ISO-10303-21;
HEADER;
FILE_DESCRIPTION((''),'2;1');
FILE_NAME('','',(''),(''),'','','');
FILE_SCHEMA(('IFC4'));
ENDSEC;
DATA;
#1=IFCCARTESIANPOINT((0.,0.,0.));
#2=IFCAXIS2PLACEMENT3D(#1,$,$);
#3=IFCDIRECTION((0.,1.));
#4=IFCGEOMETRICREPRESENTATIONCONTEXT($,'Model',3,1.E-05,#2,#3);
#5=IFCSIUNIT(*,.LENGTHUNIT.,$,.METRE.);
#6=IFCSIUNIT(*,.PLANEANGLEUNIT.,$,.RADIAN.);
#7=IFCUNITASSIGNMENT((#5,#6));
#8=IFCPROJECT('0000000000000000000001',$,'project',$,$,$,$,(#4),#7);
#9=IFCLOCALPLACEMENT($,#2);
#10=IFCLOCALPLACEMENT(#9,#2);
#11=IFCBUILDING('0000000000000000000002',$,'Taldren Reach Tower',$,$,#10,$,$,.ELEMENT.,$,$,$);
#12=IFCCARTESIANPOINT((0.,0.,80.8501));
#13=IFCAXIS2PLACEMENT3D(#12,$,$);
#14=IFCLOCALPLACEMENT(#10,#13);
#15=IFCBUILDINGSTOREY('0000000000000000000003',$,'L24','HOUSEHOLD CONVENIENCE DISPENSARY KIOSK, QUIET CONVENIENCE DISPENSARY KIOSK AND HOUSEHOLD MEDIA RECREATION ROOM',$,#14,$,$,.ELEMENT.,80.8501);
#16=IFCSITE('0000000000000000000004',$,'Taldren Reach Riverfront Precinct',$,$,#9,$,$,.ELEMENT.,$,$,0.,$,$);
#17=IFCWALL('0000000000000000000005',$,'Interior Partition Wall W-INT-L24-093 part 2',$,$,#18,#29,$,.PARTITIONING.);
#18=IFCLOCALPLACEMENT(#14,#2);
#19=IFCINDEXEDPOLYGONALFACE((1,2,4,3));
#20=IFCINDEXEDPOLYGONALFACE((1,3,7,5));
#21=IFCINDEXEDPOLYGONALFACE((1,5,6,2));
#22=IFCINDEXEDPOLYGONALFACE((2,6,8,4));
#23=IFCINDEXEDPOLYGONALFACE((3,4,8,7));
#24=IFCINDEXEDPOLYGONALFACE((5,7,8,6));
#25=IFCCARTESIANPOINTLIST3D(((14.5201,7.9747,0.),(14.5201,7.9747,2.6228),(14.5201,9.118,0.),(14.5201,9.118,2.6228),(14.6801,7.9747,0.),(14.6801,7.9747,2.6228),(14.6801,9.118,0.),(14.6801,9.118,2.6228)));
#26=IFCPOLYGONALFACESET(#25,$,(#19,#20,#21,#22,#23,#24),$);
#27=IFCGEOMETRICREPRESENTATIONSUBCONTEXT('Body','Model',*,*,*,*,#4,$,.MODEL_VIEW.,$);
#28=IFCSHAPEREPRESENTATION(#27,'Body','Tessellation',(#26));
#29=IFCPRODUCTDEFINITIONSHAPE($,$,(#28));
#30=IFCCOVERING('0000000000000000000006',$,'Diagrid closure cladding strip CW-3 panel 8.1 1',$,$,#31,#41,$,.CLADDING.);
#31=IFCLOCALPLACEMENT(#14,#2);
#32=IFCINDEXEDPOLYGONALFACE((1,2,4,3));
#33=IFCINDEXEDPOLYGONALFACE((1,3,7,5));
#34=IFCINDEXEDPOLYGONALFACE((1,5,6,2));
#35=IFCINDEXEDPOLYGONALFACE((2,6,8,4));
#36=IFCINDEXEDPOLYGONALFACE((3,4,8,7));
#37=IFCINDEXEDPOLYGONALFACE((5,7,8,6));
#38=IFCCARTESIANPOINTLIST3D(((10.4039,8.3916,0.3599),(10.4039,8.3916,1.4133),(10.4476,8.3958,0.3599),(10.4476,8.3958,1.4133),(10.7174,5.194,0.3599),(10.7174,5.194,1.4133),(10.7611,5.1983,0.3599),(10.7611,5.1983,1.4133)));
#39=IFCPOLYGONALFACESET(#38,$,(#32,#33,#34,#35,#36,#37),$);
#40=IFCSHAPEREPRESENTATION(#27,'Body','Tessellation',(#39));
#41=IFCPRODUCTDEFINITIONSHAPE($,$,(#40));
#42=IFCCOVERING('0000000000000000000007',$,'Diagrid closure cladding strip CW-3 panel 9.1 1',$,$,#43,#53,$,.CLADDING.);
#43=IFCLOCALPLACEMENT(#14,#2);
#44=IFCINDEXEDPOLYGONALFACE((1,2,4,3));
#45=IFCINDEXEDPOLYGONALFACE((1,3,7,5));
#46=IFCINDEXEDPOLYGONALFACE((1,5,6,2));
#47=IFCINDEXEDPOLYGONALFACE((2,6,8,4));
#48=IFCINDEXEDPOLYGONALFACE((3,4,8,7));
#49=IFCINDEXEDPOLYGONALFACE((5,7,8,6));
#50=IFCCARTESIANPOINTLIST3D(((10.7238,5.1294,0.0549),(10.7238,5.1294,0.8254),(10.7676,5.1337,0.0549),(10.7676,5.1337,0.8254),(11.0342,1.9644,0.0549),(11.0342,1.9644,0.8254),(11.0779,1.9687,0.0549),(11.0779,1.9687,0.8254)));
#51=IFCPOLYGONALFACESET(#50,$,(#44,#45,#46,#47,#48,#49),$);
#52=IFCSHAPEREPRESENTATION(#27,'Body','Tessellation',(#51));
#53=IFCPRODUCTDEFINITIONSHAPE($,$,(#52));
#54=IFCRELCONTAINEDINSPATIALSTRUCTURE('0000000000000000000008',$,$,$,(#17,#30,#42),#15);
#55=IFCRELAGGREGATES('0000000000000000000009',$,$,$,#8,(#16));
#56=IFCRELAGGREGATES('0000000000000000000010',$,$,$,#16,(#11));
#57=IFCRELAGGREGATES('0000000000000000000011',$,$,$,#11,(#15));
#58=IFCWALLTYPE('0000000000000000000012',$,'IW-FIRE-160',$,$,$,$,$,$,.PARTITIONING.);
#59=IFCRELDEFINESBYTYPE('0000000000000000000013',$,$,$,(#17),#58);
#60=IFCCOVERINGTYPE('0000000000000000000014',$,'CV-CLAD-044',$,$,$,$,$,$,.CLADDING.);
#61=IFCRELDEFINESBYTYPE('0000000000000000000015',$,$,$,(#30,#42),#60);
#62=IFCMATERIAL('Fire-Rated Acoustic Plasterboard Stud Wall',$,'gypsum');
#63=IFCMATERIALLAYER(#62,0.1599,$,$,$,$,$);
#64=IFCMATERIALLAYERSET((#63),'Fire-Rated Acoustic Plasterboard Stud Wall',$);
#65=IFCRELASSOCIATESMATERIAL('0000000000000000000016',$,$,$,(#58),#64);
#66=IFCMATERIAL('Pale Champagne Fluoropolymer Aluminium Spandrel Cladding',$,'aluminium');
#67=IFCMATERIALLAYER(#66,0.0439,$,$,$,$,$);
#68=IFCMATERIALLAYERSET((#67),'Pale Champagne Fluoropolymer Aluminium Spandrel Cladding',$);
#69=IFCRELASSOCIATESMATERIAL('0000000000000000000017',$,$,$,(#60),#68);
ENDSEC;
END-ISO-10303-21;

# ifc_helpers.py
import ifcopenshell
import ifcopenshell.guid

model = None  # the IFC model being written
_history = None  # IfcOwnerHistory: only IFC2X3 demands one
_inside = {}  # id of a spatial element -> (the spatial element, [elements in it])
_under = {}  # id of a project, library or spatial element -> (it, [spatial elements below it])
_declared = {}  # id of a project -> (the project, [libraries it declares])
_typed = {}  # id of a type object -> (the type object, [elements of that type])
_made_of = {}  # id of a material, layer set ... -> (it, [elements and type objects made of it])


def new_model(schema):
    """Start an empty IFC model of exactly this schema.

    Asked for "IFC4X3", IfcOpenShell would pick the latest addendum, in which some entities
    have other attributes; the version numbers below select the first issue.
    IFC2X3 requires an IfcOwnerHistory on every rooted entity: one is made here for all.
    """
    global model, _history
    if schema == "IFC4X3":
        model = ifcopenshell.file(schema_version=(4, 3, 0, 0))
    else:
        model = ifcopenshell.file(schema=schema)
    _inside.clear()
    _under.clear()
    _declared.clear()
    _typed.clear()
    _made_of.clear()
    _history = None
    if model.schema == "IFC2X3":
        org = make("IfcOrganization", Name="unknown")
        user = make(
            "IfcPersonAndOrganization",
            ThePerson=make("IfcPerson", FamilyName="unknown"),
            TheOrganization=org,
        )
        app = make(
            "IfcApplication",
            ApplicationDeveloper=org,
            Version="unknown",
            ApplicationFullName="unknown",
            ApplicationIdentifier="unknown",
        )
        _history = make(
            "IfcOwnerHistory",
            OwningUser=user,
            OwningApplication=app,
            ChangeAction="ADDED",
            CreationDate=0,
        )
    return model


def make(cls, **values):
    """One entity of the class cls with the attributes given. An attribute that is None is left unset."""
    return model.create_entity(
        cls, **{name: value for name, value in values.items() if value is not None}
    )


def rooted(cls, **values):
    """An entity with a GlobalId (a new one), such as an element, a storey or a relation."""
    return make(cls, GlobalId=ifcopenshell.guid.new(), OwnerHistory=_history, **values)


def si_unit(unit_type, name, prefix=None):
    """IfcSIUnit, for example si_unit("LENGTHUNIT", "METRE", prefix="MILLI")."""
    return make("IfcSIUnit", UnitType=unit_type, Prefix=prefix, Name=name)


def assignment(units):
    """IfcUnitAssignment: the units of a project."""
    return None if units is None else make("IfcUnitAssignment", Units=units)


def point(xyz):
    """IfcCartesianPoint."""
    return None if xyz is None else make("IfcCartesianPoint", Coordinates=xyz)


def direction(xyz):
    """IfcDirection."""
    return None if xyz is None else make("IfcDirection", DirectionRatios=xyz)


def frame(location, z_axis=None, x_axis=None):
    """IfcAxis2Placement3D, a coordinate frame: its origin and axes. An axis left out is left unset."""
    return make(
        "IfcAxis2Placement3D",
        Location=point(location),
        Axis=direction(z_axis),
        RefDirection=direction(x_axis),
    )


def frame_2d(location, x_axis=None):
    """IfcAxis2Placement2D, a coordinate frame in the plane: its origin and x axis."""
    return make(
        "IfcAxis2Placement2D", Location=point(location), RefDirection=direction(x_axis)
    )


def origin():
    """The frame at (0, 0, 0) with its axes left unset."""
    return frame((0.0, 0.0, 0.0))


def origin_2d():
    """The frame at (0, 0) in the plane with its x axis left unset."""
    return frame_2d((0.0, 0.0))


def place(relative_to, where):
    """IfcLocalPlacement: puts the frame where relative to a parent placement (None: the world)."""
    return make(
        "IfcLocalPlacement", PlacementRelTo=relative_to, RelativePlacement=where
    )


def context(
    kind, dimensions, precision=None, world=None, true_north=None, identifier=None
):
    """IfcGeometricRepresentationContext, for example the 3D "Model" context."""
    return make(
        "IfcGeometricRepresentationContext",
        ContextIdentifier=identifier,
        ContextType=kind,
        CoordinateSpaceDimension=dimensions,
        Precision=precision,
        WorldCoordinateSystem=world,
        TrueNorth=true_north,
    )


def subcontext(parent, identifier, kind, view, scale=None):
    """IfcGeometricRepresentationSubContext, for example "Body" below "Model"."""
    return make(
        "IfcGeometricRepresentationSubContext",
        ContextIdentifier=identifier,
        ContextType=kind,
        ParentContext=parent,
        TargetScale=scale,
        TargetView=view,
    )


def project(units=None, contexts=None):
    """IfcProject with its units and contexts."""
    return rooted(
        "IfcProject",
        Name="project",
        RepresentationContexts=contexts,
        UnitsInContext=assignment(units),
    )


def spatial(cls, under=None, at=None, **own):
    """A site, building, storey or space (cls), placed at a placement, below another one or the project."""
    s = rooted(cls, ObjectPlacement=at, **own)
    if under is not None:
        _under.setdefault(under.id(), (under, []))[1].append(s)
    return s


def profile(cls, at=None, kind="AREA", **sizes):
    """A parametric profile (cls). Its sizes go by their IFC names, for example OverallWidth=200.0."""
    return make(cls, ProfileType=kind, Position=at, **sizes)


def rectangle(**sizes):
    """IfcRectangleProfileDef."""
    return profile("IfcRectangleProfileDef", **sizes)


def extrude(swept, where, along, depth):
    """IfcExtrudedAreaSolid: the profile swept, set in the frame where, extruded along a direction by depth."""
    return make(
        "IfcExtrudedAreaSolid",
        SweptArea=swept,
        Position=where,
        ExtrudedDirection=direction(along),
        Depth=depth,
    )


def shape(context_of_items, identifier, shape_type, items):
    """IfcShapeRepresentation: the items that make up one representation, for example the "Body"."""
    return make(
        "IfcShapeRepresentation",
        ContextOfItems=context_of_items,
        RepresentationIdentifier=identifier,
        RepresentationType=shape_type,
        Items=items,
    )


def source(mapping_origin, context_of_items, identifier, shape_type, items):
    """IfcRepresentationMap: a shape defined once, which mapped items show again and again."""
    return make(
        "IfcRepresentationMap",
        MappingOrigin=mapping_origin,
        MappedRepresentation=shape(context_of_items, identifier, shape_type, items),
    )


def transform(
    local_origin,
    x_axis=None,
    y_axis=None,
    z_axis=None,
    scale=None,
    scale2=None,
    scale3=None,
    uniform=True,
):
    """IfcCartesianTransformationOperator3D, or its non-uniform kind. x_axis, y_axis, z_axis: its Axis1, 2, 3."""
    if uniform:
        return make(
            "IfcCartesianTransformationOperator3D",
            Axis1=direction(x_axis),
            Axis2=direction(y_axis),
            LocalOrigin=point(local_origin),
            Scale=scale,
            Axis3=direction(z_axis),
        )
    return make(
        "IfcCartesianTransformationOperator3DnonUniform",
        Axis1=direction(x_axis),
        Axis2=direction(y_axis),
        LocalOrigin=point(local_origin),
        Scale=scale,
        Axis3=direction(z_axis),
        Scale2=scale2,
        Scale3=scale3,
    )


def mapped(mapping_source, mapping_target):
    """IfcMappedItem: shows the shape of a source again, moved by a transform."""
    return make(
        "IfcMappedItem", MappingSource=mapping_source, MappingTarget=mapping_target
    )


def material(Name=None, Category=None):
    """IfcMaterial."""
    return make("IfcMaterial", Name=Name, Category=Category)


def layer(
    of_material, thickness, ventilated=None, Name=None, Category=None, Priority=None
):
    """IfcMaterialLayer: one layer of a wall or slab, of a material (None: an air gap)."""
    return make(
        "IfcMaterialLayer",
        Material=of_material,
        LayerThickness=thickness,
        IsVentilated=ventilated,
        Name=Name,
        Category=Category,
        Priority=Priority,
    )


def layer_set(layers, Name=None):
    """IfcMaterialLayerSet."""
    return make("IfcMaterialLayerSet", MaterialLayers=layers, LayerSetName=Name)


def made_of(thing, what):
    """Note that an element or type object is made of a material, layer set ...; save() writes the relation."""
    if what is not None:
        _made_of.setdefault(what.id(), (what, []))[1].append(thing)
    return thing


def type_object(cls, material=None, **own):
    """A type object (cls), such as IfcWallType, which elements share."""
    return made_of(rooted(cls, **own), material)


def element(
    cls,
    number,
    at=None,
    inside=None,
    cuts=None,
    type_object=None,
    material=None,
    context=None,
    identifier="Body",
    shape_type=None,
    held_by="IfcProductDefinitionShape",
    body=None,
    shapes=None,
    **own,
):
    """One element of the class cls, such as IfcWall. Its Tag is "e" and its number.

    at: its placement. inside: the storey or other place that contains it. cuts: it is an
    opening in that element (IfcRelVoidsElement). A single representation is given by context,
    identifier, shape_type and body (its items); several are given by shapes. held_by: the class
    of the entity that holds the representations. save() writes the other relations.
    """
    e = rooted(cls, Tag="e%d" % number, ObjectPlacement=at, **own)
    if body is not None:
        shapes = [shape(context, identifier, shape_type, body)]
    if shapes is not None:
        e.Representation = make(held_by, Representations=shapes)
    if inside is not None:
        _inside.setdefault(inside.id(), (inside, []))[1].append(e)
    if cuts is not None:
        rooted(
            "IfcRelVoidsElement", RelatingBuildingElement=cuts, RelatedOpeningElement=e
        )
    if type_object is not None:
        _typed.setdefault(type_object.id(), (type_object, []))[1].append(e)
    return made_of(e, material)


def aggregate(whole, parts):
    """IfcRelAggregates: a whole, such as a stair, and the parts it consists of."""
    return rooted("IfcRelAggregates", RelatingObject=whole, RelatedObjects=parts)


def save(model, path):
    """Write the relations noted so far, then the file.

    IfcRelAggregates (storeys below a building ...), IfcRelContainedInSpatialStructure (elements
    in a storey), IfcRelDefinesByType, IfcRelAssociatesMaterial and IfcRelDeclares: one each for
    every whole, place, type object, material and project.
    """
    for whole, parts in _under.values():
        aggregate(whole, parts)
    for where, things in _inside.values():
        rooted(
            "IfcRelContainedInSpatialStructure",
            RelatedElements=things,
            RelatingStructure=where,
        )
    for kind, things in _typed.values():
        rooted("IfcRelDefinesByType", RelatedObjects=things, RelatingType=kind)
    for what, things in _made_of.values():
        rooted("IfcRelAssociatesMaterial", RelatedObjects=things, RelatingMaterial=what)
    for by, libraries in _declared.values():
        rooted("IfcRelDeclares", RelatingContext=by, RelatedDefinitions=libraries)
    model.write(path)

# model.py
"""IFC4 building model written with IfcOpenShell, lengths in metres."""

from ifc_helpers import new_model, si_unit, direction, frame, frame_2d, origin, origin_2d, place, context, subcontext, project, spatial, rectangle, extrude, source, transform, mapped, material, layer, layer_set, type_object, element, save


model = new_model("IFC4")

# Units and contexts
model_context = context("Model", 3, precision=1e-05, world=origin(), true_north=direction((0.0, 1.0)))
body_context = subcontext(model_context, "Body", "Model", "MODEL_VIEW")
ifc_project = project(units=[si_unit("LENGTHUNIT", "METRE"), si_unit("PLANEANGLEUNIT", "RADIAN")], contexts=[model_context])

# Site, building, storey
site_placement = place(None, origin())
site = spatial("IfcSite", under=ifc_project, at=site_placement, Name="Taldren Reach Riverfront Precinct", CompositionType="ELEMENT", RefElevation=0.0)
building_placement = place(site_placement, origin())
building = spatial("IfcBuilding", under=site, at=building_placement, Name="Taldren Reach Tower", CompositionType="ELEMENT")
storey_placement = place(building_placement, frame((0.0, 0.0, 80.8501)))
storey = spatial("IfcBuildingStorey", under=building, at=storey_placement, Name="L24", Description="HOUSEHOLD CONVENIENCE DISPENSARY KIOSK, QUIET CONVENIENCE DISPENSARY KIOSK AND HOUSEHOLD MEDIA RECREATION ROOM", CompositionType="ELEMENT", Elevation=80.8501)

# Wall
ifc_material_1 = material(Name="Fire-Rated Acoustic Plasterboard Stud Wall", Category="gypsum")
ifc_layer_1 = layer(ifc_material_1, 0.1599)
ifc_layer_set_1 = layer_set([ifc_layer_1], Name="Fire-Rated Acoustic Plasterboard Stud Wall")
wall_type_1 = type_object("IfcWallType", Name="IW-FIRE-160", PredefinedType="PARTITIONING", material=ifc_layer_set_1)
shared_shape_1 = source(origin(), body_context, "Body", "SweptSolid", [
    extrude(rectangle(XDim=1.1433, YDim=0.1599, at=frame_2d((0.5718, 0.0))), origin(), (0.0, 0.0, 1.0), 2.6228),
])
wall_1_placement = place(storey_placement, frame((14.6001, 7.9746, 0.0), z_axis=(0.0, 0.0, 1.0), x_axis=(0.0, 1.0, 0.0)))
element("IfcWall", 1, at=wall_1_placement, inside=storey, type_object=wall_type_1, Name="Interior Partition Wall W-INT-L24-093 part 2", PredefinedType="PARTITIONING", context=body_context, shape_type="MappedRepresentation", body=[
    mapped(shared_shape_1, transform((0.0, 0.0, 0.0), scale=1.0)),
])

# Coverings
ifc_material_2 = material(Name="Pale Champagne Fluoropolymer Aluminium Spandrel Cladding", Category="aluminium")
ifc_layer_2 = layer(ifc_material_2, 0.0439)
ifc_layer_set_2 = layer_set([ifc_layer_2], Name="Pale Champagne Fluoropolymer Aluminium Spandrel Cladding")
covering_type = type_object("IfcCoveringType", Name="CV-CLAD-044", PredefinedType="CLADDING", material=ifc_layer_set_2)
shared_shape_2 = source(origin(), body_context, "Body", "SweptSolid", [
    extrude(rectangle(XDim=3.2129, YDim=0.0439, at=origin_2d()), origin(), (0.0, 0.0, 1.0), 1.0535),
])
covering_1_placement = place(storey_placement, frame((10.5825, 6.7949, 0.3599), z_axis=(0.0, 0.0, 1.0), x_axis=(0.097583, -0.995227, 0.0)))
element("IfcCovering", 2, at=covering_1_placement, inside=storey, type_object=covering_type, Name="Diagrid closure cladding strip CW-3 panel 8.1 1", PredefinedType="CLADDING", context=body_context, shape_type="MappedRepresentation", body=[
    mapped(shared_shape_2, transform((0.0, 0.0, 0.0), scale=1.0)),
])
shared_shape_3 = source(origin(), body_context, "Body", "SweptSolid", [
    extrude(rectangle(XDim=3.1802, YDim=0.0439, at=origin_2d()), origin(), (0.0, 0.0, 1.0), 0.7705),
])
covering_2_placement = place(storey_placement, frame((10.9009, 3.5491, 0.0549), z_axis=(0.0, 0.0, 1.0), x_axis=(0.097583, -0.995227, 0.0)))
element("IfcCovering", 3, at=covering_2_placement, inside=storey, type_object=covering_type, Name="Diagrid closure cladding strip CW-3 panel 9.1 1", PredefinedType="CLADDING", context=body_context, shape_type="MappedRepresentation", body=[
    mapped(shared_shape_3, transform((0.0, 0.0, 0.0), scale=1.0)),
])

save(model, "model.ifc")
